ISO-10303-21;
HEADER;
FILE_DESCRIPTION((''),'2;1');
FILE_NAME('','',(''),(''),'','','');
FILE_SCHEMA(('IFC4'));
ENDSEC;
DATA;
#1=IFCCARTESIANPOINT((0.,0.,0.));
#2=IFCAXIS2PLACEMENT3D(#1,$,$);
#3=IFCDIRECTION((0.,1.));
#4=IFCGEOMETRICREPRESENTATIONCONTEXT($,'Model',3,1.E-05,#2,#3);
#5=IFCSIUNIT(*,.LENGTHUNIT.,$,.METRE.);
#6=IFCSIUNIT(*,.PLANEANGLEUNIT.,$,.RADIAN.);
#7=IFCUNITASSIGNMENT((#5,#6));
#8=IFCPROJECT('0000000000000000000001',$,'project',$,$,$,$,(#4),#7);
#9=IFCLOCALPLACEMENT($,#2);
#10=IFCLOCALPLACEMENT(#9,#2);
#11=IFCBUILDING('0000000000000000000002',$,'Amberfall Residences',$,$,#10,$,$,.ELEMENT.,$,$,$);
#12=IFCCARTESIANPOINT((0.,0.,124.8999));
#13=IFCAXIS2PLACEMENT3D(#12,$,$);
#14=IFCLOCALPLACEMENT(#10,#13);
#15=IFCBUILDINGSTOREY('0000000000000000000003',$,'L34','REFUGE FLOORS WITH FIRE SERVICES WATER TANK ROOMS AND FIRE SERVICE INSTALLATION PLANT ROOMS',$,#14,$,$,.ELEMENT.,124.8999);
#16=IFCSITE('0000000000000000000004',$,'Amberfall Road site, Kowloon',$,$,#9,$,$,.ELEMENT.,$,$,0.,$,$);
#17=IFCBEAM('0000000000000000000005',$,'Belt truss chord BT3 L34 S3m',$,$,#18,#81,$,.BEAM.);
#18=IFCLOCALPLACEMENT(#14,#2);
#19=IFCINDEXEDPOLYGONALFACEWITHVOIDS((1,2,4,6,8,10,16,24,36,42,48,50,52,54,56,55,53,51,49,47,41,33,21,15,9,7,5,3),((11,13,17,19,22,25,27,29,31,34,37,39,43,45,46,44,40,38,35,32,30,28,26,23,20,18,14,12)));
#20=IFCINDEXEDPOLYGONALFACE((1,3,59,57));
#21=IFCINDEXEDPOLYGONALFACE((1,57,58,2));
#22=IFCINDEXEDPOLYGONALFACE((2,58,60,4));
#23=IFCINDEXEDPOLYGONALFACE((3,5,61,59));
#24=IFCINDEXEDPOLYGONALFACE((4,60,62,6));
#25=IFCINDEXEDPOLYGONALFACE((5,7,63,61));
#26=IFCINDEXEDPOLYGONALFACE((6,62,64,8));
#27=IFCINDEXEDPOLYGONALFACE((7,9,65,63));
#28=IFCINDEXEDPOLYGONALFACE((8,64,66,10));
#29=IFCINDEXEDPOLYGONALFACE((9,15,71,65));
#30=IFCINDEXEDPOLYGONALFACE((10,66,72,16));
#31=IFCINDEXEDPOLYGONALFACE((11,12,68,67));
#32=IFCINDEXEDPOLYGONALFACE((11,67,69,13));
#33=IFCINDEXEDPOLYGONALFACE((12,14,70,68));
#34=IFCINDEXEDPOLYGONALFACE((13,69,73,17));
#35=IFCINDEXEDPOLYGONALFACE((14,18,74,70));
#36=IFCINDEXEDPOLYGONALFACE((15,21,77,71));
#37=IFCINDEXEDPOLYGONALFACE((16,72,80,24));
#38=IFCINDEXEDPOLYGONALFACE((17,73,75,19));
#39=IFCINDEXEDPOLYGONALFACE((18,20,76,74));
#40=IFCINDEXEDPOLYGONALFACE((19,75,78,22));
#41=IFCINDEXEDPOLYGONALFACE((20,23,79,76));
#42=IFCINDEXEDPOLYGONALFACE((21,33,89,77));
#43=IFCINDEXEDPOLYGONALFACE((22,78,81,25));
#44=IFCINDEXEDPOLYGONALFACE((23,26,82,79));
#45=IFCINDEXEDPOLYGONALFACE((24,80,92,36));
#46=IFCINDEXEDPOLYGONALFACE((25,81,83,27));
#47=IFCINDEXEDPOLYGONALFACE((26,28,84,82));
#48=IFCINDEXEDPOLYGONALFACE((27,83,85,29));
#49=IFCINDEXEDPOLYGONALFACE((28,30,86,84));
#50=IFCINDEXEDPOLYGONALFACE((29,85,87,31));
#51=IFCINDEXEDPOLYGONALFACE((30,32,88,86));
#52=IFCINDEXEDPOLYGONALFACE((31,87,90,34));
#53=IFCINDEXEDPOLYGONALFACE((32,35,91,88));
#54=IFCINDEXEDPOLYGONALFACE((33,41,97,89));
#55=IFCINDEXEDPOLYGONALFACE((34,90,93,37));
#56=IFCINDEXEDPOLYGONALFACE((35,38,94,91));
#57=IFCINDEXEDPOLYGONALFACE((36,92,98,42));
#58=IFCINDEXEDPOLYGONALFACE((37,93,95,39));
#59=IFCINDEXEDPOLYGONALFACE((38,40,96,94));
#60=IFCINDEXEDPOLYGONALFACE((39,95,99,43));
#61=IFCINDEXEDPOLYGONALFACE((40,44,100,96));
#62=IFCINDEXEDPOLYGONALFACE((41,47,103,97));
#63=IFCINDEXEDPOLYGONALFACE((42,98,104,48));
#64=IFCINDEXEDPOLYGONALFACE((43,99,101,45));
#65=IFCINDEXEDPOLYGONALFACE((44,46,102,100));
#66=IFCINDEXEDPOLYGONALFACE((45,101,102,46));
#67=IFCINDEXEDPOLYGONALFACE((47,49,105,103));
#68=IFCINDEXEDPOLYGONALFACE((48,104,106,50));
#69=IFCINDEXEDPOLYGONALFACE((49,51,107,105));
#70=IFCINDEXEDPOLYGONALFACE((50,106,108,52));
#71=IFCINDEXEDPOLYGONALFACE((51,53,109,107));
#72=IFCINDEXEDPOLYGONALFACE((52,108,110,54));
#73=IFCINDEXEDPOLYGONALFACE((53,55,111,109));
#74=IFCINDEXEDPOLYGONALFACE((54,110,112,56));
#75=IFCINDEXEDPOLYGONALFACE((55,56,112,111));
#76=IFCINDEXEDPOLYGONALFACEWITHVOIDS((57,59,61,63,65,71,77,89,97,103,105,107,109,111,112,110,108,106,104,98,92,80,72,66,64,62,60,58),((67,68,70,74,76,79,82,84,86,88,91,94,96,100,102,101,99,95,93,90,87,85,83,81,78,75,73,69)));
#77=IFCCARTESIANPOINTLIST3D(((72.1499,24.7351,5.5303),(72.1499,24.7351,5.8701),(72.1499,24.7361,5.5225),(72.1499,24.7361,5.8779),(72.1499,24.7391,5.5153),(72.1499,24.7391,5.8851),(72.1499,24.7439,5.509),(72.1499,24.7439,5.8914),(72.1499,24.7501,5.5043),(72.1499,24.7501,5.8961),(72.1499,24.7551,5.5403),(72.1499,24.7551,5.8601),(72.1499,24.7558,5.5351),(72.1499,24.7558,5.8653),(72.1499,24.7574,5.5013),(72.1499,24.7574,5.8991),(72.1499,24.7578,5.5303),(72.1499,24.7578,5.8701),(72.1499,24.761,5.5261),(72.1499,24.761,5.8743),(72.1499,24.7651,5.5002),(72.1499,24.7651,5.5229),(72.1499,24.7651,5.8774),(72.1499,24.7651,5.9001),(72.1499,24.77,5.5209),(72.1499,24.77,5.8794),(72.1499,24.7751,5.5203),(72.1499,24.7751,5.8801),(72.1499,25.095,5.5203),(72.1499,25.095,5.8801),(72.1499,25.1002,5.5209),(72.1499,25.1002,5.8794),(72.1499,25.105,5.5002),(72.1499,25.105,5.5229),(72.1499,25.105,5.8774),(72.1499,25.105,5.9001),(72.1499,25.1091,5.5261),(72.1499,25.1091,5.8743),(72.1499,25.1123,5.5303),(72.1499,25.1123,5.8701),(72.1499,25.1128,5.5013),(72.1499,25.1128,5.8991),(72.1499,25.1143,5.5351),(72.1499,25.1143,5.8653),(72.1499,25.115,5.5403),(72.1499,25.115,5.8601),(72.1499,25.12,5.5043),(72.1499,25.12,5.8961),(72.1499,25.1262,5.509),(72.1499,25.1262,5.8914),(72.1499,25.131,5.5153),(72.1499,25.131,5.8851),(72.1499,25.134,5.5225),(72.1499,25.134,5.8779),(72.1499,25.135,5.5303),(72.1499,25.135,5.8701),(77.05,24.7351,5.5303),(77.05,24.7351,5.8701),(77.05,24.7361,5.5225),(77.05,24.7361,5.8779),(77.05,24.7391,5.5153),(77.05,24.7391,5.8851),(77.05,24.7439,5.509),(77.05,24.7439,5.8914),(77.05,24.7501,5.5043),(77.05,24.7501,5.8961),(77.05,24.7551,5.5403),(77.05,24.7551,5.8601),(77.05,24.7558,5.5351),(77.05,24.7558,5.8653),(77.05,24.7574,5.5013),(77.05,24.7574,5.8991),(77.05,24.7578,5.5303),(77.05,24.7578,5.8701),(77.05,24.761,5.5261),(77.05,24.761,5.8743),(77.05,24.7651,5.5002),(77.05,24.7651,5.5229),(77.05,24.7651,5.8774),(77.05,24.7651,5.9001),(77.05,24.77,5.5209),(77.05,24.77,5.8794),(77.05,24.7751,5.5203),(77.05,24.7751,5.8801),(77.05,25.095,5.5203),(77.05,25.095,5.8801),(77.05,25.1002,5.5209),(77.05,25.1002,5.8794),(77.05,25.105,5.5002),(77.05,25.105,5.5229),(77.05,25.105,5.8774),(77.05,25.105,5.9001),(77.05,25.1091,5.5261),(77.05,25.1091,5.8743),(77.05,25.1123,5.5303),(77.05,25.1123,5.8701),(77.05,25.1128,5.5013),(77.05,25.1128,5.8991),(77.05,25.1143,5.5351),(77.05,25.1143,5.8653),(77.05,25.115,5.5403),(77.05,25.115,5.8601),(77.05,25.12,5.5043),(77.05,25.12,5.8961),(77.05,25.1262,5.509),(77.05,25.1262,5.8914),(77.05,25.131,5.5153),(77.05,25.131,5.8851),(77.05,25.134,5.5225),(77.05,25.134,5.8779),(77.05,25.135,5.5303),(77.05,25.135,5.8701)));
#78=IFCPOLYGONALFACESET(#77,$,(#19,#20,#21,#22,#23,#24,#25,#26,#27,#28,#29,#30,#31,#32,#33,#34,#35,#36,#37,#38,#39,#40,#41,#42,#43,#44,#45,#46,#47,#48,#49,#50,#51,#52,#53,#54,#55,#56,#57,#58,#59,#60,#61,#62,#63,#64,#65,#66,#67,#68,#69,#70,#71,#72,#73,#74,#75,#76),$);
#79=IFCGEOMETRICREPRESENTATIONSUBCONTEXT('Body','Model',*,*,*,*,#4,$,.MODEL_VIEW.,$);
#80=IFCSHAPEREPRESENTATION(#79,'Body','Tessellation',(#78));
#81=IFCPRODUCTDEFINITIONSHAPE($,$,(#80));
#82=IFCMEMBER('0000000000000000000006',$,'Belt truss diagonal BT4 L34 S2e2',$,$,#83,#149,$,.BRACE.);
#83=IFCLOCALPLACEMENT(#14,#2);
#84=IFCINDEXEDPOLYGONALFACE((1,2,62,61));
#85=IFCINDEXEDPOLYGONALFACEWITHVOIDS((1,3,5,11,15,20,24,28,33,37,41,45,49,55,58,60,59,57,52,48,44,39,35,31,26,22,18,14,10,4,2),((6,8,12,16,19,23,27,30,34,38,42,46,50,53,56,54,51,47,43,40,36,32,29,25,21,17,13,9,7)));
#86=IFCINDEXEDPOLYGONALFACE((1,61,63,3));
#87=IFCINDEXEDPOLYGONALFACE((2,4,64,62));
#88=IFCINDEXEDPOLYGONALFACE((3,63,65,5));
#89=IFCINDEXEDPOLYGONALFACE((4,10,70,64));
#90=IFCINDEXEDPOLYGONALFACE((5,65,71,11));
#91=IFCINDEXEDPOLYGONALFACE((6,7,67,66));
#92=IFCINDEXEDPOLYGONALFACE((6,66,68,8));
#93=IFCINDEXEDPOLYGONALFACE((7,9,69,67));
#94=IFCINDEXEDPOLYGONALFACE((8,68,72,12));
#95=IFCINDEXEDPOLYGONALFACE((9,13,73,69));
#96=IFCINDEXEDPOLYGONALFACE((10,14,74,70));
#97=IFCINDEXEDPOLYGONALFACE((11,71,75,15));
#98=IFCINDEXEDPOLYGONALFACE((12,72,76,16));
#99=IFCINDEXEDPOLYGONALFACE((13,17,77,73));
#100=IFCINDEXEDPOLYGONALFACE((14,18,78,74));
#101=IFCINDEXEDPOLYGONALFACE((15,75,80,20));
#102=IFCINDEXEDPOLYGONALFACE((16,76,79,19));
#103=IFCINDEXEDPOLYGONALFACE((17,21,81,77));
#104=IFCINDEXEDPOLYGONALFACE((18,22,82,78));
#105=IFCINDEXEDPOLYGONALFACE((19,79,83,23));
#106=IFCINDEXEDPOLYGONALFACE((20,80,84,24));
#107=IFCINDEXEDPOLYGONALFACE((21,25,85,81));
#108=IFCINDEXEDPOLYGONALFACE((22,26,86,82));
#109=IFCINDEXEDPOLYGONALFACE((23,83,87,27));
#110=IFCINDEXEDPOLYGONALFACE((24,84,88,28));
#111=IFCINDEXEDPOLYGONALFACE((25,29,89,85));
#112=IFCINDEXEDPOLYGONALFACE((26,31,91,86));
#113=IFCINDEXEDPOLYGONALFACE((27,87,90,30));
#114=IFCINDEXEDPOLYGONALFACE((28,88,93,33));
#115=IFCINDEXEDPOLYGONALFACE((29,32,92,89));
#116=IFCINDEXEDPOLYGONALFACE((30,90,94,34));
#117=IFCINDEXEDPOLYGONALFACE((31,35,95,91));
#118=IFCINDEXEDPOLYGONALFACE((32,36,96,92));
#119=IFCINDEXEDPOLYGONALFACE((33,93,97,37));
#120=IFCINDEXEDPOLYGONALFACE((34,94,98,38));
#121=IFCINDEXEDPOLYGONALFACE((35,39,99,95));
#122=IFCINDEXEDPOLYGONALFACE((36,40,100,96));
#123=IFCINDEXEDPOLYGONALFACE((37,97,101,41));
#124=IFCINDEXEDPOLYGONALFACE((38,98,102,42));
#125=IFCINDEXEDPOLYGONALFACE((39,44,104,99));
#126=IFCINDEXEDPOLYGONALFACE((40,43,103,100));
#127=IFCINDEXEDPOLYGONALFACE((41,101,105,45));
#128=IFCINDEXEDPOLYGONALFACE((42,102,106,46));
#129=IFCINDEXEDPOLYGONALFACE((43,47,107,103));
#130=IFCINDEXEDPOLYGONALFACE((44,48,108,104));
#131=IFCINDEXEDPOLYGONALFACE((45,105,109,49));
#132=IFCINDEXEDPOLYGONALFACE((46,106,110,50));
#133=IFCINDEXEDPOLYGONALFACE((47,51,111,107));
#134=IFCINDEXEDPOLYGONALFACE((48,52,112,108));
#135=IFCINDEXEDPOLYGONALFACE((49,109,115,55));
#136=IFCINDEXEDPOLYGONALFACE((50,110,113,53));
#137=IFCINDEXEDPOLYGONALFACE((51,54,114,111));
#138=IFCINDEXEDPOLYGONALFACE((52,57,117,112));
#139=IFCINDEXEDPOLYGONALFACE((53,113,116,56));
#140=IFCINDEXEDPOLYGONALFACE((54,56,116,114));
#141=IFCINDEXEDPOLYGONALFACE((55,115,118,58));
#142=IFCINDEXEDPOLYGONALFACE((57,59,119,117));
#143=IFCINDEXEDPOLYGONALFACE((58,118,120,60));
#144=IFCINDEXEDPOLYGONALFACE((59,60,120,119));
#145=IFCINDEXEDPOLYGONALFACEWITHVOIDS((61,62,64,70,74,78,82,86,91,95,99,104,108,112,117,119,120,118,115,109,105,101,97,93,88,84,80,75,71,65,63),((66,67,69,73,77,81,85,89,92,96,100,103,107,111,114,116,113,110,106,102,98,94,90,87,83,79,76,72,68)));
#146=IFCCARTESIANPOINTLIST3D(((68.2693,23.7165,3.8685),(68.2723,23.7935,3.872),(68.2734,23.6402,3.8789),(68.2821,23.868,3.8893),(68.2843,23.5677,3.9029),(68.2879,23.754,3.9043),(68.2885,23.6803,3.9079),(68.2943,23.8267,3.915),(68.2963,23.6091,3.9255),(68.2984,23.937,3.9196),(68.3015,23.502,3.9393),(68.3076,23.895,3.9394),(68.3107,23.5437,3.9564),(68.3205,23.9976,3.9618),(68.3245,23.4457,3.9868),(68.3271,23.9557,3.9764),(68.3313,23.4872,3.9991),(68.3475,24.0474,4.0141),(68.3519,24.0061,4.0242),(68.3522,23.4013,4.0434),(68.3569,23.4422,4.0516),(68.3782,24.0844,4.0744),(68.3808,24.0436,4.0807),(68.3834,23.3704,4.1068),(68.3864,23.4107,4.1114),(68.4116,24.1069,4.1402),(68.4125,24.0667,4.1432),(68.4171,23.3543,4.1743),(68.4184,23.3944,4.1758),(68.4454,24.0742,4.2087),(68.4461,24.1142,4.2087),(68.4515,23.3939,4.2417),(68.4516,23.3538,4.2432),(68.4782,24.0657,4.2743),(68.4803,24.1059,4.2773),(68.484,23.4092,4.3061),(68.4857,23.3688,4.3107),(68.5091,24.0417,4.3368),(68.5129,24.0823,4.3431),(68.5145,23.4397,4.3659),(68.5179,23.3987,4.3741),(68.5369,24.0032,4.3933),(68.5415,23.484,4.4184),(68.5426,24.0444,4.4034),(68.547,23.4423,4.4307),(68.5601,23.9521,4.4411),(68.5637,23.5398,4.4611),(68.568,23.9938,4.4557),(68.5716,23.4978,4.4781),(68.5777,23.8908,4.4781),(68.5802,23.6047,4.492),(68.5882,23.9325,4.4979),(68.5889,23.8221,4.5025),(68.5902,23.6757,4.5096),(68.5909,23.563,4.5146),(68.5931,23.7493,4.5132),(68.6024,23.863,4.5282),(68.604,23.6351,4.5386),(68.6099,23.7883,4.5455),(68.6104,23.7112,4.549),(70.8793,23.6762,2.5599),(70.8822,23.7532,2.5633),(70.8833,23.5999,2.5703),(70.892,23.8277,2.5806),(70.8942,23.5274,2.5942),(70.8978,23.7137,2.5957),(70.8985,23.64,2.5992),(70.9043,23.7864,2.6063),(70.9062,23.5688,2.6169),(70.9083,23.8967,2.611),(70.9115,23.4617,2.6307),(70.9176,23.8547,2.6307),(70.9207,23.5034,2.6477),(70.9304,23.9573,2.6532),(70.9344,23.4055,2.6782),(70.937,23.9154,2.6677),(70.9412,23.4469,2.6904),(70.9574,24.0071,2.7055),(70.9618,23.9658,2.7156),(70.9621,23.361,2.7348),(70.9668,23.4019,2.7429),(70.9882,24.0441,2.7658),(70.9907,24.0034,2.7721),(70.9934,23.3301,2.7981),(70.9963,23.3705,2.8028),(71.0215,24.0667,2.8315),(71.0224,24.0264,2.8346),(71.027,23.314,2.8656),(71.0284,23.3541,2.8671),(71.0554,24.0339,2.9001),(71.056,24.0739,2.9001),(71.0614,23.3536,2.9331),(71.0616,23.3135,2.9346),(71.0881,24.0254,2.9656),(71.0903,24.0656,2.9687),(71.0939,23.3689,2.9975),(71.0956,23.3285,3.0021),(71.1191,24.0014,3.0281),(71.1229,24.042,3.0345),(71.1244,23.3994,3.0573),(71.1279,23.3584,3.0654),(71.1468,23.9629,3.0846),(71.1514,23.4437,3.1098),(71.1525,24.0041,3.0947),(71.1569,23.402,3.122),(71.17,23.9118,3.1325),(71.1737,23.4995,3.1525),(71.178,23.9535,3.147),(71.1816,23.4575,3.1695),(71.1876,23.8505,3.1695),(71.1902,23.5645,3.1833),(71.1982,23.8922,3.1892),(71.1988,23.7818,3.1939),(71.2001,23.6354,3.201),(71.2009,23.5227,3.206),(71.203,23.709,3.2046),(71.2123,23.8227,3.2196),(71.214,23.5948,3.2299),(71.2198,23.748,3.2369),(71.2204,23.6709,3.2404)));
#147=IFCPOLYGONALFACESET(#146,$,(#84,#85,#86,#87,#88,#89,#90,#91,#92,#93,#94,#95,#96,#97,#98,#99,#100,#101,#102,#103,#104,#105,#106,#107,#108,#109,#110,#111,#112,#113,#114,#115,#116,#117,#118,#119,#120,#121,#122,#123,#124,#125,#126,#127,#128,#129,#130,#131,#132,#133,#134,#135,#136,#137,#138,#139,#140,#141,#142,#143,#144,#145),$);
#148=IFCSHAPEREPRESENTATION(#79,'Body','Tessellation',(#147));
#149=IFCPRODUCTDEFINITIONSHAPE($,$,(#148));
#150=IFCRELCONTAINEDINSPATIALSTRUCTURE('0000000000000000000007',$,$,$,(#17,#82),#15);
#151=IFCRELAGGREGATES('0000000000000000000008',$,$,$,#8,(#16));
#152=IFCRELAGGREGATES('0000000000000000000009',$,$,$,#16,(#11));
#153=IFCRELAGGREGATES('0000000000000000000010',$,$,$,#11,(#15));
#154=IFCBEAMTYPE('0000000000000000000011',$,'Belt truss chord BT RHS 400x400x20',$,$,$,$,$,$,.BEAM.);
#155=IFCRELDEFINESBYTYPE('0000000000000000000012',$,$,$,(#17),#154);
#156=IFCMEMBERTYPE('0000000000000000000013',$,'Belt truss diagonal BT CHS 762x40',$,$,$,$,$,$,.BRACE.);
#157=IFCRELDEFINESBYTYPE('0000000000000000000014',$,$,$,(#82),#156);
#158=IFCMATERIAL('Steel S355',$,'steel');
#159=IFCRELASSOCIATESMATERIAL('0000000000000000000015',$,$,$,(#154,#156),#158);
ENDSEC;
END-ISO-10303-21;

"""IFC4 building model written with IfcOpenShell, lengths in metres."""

from ifc_helpers import new_model, si_unit, direction, frame, origin, origin_2d, place, context, subcontext, project, spatial, hollow_rectangle, hollow_circle, extrude, material, material_profile, profile_set, type_object, element, save


model = new_model("IFC4")

# Units and contexts
model_context = context("Model", 3, precision=1e-05, world=origin(), true_north=direction((0.0, 1.0)))
body_context = subcontext(model_context, "Body", "Model", "MODEL_VIEW")
ifc_project = project(units=[si_unit("LENGTHUNIT", "METRE"), si_unit("PLANEANGLEUNIT", "RADIAN")], contexts=[model_context])

# Site, building, storey
site_placement = place(None, origin())
site = spatial("IfcSite", under=ifc_project, at=site_placement, Name="Amberfall Road site, Kowloon", CompositionType="ELEMENT", RefElevation=0.0)
building_placement = place(site_placement, origin())
building = spatial("IfcBuilding", under=site, at=building_placement, Name="Amberfall Residences", CompositionType="ELEMENT")
storey_placement = place(building_placement, frame((0.0, 0.0, 124.8999)))
storey = spatial("IfcBuildingStorey", under=building, at=storey_placement, Name="L34", Description="REFUGE FLOORS WITH FIRE SERVICES WATER TANK ROOMS AND FIRE SERVICE INSTALLATION PLANT ROOMS", CompositionType="ELEMENT", Elevation=124.8999)

# Beam
ifc_material_1 = material(Name="Steel S355", Category="steel")
ifc_material_profile_1 = material_profile(ifc_material_1, hollow_rectangle(XDim=0.3999, YDim=0.3999, WallThickness=0.02, InnerFilletRadius=0.02, OuterFilletRadius=0.03, at=origin_2d()), Name="RHS 400x400x20")
ifc_profile_set_1 = profile_set([ifc_material_profile_1], Name="Steel S355")
beam_type_1 = type_object("IfcBeamType", Name="Belt truss chord BT RHS 400x400x20", PredefinedType="BEAM", material=ifc_profile_set_1)
beam_1_placement = place(storey_placement, frame((72.1499, 24.9351, 5.7002), z_axis=(1.0, 0.0, 0.0), x_axis=(0.0, 1.0, 0.0)))
element("IfcBeam", 1, at=beam_1_placement, inside=storey, type_object=beam_type_1, Name="Belt truss chord BT3 L34 S3m", PredefinedType="BEAM", context=body_context, shape_type="SweptSolid", body=[
    extrude(hollow_rectangle(XDim=0.3999, YDim=0.3999, WallThickness=0.02, InnerFilletRadius=0.02, OuterFilletRadius=0.03, at=origin_2d()), origin(), (0.0, 0.0, 1.0), 4.9001),
])

# Member
ifc_material_profile_2 = material_profile(ifc_material_1, hollow_circle(Radius=0.3811, WallThickness=0.04, at=origin_2d()), Name="CHS 762x40")
ifc_profile_set_2 = profile_set([ifc_material_profile_2], Name="Steel S355")
member_type_1 = type_object("IfcMemberType", Name="Belt truss diagonal BT CHS 762x40", PredefinedType="BRACE", material=ifc_profile_set_2)
member_1_placement = place(storey_placement, frame((68.4402, 23.7332, 4.2087), z_axis=(0.89384, -0.013796, -0.448174), x_axis=(0.015433, 0.999881, 0.0)))
element("IfcMember", 2, at=member_1_placement, inside=storey, type_object=member_type_1, Name="Belt truss diagonal BT4 L34 S2e2", PredefinedType="BRACE", context=body_context, shape_type="SweptSolid", body=[
    extrude(hollow_circle(Radius=0.3811, WallThickness=0.04, at=origin_2d()), origin(), (0.0, 0.0, 1.0), 2.9199),
])

save(model, "model.ifc")
